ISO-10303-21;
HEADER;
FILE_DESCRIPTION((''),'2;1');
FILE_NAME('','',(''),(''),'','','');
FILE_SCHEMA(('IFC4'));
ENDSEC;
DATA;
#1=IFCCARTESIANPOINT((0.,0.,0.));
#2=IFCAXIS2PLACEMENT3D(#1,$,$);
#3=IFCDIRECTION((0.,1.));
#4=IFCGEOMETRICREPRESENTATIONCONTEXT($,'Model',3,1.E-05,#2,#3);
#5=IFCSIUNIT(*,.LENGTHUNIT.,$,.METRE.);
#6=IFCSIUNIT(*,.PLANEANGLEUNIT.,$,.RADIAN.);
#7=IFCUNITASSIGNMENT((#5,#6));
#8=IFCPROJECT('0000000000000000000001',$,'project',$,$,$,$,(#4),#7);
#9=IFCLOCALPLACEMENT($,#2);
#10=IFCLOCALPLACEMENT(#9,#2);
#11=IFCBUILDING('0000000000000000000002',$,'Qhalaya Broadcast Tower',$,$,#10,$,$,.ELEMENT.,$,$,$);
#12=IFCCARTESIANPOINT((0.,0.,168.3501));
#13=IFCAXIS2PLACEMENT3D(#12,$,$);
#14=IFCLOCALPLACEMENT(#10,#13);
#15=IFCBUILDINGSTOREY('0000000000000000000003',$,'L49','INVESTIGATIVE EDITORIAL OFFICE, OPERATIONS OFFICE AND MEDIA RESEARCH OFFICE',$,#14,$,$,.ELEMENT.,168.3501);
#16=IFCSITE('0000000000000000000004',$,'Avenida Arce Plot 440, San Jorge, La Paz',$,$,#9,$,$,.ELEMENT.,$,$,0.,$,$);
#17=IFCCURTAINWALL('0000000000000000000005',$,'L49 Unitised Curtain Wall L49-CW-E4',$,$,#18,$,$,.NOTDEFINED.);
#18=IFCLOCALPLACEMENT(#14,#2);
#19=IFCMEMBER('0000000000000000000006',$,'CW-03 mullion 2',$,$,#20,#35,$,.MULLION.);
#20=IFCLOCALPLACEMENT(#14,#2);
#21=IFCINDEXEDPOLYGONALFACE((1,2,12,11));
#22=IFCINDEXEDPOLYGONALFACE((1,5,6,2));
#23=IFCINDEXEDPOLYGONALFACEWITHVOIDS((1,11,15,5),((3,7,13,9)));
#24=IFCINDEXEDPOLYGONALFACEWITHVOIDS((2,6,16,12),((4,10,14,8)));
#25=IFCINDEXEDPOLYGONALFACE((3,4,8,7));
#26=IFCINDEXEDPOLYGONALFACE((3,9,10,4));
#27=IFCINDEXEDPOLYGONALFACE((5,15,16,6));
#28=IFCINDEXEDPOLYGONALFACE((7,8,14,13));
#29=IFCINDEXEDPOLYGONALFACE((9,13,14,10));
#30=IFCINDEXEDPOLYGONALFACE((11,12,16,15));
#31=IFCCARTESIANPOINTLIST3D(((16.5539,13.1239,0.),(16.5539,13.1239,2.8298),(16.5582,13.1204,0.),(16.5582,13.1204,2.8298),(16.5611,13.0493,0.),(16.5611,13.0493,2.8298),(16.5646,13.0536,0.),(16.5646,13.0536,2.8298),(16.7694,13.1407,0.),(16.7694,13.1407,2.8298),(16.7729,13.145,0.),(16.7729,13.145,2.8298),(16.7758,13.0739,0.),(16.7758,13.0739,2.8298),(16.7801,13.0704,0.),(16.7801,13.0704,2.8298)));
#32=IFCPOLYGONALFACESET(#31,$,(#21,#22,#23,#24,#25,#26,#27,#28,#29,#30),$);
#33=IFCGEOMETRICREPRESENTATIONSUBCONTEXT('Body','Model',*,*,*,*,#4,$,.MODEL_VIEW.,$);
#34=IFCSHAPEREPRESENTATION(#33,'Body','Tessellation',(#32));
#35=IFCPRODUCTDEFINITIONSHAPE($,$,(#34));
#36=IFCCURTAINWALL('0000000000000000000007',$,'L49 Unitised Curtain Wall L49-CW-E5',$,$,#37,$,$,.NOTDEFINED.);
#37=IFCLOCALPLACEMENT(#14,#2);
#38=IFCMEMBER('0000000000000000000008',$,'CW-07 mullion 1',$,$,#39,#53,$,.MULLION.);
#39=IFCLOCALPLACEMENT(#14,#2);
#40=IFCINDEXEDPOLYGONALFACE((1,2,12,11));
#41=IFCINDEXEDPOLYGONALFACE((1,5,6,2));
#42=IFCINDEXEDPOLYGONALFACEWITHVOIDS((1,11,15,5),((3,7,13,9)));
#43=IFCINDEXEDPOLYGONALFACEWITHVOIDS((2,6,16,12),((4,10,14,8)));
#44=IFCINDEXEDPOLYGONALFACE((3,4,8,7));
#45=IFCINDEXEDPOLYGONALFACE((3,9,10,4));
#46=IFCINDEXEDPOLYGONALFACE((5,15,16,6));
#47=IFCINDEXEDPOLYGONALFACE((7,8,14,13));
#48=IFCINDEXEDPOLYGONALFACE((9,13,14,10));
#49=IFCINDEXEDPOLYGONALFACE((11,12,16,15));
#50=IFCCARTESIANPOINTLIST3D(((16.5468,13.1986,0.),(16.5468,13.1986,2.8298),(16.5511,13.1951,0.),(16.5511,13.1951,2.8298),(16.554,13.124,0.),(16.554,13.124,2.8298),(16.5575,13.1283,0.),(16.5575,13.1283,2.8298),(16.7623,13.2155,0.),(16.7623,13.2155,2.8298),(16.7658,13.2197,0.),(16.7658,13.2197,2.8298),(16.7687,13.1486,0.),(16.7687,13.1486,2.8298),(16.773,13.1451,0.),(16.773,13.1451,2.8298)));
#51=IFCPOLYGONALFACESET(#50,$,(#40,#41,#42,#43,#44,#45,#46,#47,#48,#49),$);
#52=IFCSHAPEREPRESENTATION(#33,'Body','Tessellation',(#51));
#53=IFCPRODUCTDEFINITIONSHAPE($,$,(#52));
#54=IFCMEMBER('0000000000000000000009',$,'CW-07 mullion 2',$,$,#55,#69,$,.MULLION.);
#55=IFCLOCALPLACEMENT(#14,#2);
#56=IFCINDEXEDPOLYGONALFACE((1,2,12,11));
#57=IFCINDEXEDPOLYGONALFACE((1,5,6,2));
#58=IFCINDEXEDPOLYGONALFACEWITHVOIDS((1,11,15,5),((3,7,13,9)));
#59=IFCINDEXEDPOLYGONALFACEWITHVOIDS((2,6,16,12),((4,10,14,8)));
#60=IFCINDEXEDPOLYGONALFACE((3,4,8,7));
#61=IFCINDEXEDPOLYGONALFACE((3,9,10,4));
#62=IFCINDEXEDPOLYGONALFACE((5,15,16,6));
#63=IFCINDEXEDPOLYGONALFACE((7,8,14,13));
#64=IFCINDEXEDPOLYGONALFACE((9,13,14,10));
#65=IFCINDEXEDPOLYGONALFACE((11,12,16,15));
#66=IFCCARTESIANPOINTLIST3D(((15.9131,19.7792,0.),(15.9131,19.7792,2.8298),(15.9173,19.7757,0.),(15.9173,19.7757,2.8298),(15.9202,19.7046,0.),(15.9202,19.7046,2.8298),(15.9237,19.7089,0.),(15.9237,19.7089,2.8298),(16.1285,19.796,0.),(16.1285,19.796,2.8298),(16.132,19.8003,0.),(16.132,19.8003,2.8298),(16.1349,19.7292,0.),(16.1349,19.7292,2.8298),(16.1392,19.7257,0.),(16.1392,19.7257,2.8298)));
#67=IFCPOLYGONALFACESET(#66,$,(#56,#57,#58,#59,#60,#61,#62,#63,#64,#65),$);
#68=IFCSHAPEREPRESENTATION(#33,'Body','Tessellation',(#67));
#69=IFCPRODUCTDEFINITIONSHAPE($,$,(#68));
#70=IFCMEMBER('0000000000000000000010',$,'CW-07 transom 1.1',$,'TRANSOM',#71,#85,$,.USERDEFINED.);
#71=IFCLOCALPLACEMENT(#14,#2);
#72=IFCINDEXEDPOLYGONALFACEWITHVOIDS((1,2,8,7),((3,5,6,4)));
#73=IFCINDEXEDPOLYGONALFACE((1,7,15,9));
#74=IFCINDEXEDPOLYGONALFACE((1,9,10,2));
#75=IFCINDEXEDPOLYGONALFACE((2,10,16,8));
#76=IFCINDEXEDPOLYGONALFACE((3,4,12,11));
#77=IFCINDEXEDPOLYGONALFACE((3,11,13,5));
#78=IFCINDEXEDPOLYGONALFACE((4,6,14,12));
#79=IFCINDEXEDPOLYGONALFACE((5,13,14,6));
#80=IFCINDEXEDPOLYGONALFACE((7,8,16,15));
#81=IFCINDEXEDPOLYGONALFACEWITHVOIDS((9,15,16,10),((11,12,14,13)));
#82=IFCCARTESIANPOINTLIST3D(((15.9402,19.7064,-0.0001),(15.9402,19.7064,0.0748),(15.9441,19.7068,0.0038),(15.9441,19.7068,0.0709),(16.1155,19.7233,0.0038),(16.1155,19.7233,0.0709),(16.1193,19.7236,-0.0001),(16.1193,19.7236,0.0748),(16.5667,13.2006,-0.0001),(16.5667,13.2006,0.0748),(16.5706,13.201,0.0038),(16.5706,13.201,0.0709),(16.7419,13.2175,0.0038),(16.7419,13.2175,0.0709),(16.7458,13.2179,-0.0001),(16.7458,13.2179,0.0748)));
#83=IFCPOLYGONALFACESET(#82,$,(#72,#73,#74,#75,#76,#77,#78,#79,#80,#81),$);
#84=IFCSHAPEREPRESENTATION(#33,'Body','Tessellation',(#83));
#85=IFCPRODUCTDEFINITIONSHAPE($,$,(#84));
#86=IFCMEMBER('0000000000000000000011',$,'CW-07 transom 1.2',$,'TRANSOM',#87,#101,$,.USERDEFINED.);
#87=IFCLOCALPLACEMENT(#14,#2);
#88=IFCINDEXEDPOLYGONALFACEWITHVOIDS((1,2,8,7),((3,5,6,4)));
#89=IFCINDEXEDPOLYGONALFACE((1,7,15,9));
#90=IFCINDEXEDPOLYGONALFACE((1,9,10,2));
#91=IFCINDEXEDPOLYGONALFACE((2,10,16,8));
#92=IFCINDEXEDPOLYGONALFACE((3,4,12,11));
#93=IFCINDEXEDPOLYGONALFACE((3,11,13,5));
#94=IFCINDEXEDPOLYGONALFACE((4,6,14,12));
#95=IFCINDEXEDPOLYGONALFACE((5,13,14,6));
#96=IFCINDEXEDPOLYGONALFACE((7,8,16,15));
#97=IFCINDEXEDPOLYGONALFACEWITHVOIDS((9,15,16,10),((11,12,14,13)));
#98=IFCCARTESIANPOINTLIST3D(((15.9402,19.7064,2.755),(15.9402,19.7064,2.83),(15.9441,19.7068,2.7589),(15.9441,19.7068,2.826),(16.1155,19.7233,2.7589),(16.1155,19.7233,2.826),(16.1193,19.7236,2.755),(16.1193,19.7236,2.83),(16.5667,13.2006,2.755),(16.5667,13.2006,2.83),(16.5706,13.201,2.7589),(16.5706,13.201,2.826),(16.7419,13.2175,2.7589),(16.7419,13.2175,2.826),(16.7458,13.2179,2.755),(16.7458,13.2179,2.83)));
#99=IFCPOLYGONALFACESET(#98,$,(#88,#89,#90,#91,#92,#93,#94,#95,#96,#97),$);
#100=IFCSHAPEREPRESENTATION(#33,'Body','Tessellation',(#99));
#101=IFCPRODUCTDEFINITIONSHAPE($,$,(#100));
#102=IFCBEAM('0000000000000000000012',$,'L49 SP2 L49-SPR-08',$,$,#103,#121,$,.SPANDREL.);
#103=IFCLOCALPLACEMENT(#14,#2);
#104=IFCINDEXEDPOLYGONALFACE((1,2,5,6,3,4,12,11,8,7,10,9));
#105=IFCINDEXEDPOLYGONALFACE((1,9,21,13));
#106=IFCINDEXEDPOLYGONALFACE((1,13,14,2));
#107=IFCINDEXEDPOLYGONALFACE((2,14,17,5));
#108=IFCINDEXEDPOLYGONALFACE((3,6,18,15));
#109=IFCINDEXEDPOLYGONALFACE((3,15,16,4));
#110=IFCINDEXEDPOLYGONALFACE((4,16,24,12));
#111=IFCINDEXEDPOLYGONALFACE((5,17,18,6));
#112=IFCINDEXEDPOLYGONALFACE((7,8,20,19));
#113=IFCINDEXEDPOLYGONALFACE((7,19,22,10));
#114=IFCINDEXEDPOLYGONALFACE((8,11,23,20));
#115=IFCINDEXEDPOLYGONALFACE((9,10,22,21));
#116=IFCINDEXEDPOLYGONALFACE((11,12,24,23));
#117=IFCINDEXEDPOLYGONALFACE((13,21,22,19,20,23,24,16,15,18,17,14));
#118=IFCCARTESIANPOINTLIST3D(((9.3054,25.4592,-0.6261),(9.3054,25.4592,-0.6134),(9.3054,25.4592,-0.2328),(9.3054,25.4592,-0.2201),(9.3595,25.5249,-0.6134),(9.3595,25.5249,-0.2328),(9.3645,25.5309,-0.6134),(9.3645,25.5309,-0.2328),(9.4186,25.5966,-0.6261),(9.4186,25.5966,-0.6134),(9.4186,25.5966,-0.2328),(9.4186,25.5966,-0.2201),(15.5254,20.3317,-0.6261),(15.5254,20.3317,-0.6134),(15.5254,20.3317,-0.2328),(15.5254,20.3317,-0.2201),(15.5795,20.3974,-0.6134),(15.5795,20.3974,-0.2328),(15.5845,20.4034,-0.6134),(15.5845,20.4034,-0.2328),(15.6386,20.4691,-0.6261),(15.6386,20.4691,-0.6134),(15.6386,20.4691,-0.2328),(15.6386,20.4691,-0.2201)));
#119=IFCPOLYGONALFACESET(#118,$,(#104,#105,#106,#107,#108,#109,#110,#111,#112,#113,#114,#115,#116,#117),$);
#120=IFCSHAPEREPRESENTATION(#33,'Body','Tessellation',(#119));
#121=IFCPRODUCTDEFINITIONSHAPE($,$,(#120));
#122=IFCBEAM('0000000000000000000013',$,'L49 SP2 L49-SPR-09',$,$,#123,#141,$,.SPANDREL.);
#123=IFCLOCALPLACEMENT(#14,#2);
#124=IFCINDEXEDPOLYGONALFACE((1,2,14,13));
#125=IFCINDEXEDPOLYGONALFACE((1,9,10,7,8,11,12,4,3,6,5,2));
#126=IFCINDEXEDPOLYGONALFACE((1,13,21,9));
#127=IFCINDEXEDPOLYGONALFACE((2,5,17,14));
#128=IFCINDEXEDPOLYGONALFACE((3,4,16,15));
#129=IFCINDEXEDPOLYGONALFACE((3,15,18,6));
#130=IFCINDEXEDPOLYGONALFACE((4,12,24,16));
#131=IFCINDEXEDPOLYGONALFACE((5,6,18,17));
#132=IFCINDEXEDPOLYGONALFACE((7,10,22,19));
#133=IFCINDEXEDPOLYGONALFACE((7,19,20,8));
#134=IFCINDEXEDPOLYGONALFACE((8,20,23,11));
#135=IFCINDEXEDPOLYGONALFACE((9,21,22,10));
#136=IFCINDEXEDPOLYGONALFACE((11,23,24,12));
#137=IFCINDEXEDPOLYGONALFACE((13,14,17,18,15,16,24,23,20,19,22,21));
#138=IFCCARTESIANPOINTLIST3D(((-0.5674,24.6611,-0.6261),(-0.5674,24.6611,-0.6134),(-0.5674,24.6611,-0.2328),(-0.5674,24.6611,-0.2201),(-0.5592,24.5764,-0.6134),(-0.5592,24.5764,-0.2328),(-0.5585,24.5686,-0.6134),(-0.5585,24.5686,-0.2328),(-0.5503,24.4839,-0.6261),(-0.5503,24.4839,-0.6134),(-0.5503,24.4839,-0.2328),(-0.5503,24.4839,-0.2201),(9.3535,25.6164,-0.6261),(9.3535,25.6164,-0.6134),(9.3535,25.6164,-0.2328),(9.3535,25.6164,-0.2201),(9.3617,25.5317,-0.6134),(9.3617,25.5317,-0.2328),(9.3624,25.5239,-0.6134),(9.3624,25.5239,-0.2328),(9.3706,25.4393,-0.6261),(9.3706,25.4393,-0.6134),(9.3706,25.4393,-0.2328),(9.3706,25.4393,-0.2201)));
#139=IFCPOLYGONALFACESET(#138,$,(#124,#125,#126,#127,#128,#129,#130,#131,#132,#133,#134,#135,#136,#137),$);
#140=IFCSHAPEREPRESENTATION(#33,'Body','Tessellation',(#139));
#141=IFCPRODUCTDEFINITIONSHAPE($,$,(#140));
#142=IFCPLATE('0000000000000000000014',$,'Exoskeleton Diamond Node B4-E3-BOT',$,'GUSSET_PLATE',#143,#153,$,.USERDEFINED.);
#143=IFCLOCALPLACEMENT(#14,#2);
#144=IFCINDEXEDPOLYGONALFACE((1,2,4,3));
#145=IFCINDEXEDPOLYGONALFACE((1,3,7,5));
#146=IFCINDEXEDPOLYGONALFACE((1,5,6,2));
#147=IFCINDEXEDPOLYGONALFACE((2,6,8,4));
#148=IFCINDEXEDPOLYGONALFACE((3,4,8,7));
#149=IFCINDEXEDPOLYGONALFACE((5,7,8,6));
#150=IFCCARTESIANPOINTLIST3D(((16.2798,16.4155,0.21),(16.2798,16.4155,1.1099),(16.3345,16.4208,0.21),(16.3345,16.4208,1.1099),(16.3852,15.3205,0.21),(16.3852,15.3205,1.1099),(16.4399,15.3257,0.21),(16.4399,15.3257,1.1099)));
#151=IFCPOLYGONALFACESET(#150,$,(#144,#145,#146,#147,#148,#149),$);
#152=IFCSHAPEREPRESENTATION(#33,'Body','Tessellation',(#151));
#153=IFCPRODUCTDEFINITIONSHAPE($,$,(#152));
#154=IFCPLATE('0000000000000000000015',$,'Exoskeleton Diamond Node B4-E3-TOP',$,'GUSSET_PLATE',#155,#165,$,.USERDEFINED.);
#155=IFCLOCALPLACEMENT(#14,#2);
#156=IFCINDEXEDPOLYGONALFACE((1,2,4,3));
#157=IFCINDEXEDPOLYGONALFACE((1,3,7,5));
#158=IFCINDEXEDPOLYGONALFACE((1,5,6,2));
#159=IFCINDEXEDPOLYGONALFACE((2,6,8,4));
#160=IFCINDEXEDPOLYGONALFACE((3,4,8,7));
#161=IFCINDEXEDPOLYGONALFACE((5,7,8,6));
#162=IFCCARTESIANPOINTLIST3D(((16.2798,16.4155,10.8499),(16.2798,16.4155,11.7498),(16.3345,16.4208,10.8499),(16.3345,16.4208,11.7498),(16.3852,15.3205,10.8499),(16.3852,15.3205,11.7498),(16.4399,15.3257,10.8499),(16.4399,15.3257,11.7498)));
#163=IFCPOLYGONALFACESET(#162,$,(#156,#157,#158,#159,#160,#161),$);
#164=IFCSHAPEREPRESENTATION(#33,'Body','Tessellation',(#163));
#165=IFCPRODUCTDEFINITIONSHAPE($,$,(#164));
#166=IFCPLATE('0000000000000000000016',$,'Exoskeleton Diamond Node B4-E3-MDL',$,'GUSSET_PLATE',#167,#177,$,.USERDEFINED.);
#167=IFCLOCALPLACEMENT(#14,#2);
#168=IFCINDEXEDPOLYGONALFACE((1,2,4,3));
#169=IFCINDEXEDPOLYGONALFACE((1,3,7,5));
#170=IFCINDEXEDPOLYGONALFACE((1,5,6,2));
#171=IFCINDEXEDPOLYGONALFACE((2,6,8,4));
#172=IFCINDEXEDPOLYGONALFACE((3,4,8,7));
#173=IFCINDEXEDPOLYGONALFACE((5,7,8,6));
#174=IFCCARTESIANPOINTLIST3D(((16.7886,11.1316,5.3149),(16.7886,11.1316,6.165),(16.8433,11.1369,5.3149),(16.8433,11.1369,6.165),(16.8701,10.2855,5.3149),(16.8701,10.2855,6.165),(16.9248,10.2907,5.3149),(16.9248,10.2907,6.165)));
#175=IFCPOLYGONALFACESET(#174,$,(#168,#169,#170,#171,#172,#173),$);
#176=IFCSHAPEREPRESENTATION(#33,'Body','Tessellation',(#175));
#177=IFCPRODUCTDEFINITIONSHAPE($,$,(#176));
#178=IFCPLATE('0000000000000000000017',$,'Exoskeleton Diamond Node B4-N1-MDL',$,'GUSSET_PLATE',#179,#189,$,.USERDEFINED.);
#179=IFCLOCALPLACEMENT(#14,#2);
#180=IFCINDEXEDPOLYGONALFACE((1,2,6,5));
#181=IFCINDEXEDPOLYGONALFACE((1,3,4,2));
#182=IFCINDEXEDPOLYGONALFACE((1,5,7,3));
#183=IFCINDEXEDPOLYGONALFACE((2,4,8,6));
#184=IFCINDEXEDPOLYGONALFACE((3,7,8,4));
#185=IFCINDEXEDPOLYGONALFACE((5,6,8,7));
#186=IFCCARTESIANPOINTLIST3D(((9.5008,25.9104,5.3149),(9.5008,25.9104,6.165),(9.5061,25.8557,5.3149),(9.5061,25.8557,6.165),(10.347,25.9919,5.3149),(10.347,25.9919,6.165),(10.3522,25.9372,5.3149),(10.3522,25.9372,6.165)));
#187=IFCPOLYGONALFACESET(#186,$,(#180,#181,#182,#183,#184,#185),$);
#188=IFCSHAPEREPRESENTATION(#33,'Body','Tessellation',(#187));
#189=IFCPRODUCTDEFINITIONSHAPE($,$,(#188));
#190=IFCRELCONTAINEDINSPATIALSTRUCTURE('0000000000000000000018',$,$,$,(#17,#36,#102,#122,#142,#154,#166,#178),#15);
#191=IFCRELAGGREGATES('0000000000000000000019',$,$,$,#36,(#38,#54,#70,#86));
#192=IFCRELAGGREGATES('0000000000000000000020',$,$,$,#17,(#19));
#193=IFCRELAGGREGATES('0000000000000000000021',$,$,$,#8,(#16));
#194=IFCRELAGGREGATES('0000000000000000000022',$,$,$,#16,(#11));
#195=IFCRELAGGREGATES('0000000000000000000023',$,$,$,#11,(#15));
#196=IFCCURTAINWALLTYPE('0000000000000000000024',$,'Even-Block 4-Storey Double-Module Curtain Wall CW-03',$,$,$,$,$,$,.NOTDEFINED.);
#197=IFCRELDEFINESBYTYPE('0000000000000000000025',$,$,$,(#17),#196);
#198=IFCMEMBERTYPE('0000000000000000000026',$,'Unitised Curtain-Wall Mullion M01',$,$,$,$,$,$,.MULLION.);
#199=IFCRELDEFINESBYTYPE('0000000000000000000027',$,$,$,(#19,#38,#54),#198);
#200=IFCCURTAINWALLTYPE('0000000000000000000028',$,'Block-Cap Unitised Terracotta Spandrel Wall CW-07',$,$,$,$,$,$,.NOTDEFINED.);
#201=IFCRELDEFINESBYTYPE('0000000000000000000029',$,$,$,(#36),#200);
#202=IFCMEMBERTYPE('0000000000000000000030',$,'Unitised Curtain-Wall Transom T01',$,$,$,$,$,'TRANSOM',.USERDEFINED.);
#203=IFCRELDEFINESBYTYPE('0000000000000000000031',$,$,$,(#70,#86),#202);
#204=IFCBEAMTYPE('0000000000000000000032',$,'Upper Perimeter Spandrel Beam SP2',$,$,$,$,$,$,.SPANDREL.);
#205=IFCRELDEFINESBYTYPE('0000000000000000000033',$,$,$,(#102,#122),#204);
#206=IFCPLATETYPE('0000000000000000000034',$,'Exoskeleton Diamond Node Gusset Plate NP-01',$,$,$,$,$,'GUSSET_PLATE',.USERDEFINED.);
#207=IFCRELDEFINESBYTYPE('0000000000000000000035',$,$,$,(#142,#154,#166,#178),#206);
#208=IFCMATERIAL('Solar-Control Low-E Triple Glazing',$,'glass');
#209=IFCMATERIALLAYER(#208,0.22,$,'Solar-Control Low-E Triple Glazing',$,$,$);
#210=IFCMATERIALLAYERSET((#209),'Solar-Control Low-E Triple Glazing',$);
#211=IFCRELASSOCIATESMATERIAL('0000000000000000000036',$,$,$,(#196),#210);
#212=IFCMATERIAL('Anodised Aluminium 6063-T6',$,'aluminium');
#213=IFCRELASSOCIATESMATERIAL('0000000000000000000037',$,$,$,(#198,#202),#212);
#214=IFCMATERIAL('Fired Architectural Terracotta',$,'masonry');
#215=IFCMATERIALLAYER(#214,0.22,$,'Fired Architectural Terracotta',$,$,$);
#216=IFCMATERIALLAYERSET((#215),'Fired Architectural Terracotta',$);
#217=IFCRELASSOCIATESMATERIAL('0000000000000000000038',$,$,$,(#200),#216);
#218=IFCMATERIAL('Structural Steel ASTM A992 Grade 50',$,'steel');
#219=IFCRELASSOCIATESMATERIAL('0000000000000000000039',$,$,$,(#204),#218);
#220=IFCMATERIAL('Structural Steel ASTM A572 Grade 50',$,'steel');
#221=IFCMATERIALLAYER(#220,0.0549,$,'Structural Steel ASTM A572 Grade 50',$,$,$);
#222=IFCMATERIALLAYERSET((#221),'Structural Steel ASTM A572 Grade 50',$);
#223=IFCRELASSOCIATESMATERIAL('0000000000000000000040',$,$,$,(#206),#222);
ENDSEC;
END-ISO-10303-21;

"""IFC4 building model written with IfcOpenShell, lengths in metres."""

from ifc_helpers import new_model, si_unit, direction, frame, origin, origin_2d, place, context, subcontext, project, spatial, rectangle, hollow_rectangle, i_section, extrude, material, layer, layer_set, material_profile, profile_set, type_object, element, aggregate, save


model = new_model("IFC4")

# Units and contexts
model_context = context("Model", 3, precision=1e-05, world=origin(), true_north=direction((0.0, 1.0)))
body_context = subcontext(model_context, "Body", "Model", "MODEL_VIEW")
ifc_project = project(units=[si_unit("LENGTHUNIT", "METRE"), si_unit("PLANEANGLEUNIT", "RADIAN")], contexts=[model_context])

# Site, building, storey
site_placement = place(None, origin())
site = spatial("IfcSite", under=ifc_project, at=site_placement, Name="Avenida Arce Plot 440, San Jorge, La Paz", CompositionType="ELEMENT", RefElevation=0.0)
building_placement = place(site_placement, origin())
building = spatial("IfcBuilding", under=site, at=building_placement, Name="Qhalaya Broadcast Tower", CompositionType="ELEMENT")
storey_placement = place(building_placement, frame((0.0, 0.0, 168.3501)))
storey = spatial("IfcBuildingStorey", under=building, at=storey_placement, Name="L49", Description="INVESTIGATIVE EDITORIAL OFFICE, OPERATIONS OFFICE AND MEDIA RESEARCH OFFICE", CompositionType="ELEMENT", Elevation=168.3501)

# Shared definitions
ifc_material_1 = material(Name="Structural Steel ASTM A572 Grade 50", Category="steel")

# Shared definitions
ifc_material_2 = material(Name="Structural Steel ASTM A992 Grade 50", Category="steel")

# Shared definitions
ifc_material_3 = material(Name="Fired Architectural Terracotta", Category="masonry")

# Curtain wall, member
ifc_material_4 = material(Name="Solar-Control Low-E Triple Glazing", Category="glass")
ifc_layer_1 = layer(ifc_material_4, 0.22, Name="Solar-Control Low-E Triple Glazing")
ifc_layer_set_1 = layer_set([ifc_layer_1], Name="Solar-Control Low-E Triple Glazing")
curtain_wall_type_1 = type_object("IfcCurtainWallType", Name="Even-Block 4-Storey Double-Module Curtain Wall CW-03", PredefinedType="NOTDEFINED", material=ifc_layer_set_1)
curtain_wall_1_placement = place(storey_placement, origin())
curtain_wall_1 = element("IfcCurtainWall", 1, at=curtain_wall_1_placement, inside=storey, type_object=curtain_wall_type_1, Name="L49 Unitised Curtain Wall L49-CW-E4", PredefinedType="NOTDEFINED")
ifc_material_5 = material(Name="Anodised Aluminium 6063-T6", Category="aluminium")
ifc_material_profile_1 = material_profile(ifc_material_5, hollow_rectangle(XDim=0.075, YDim=0.22, WallThickness=0.0039, at=origin_2d()), Name="ALU-MUL 75x220x4")
ifc_profile_set_1 = profile_set([ifc_material_profile_1], Name="Anodised Aluminium 6063-T6")
member_type_1 = type_object("IfcMemberType", Name="Unitised Curtain-Wall Mullion M01", PredefinedType="MULLION", material=ifc_profile_set_1)
member_1_placement = place(storey_placement, frame((16.667, 13.0972, 0.0), z_axis=(0.0, 0.0, 1.0), x_axis=(-0.095845, 0.995396, 0.0)))
member_1 = element("IfcMember", 2, at=member_1_placement, type_object=member_type_1, Name="CW-03 mullion 2", PredefinedType="MULLION", context=body_context, shape_type="SweptSolid", body=[
    extrude(hollow_rectangle(XDim=0.075, YDim=0.22, WallThickness=0.0039, at=origin_2d()), origin(), (0.0, 0.0, 1.0), 2.8298),
])

# Curtain wall, members
ifc_layer_2 = layer(ifc_material_3, 0.22, Name="Fired Architectural Terracotta")
ifc_layer_set_2 = layer_set([ifc_layer_2], Name="Fired Architectural Terracotta")
curtain_wall_type_2 = type_object("IfcCurtainWallType", Name="Block-Cap Unitised Terracotta Spandrel Wall CW-07", PredefinedType="NOTDEFINED", material=ifc_layer_set_2)
curtain_wall_2_placement = place(storey_placement, origin())
curtain_wall_2 = element("IfcCurtainWall", 3, at=curtain_wall_2_placement, inside=storey, type_object=curtain_wall_type_2, Name="L49 Unitised Curtain Wall L49-CW-E5", PredefinedType="NOTDEFINED")
member_2_placement = place(storey_placement, frame((16.6599, 13.1719, 0.0), z_axis=(0.0, 0.0, 1.0), x_axis=(-0.095842, 0.995397, 0.0)))
member_2 = element("IfcMember", 4, at=member_2_placement, type_object=member_type_1, Name="CW-07 mullion 1", PredefinedType="MULLION", context=body_context, shape_type="SweptSolid", body=[
    extrude(hollow_rectangle(XDim=0.075, YDim=0.22, WallThickness=0.0039, at=origin_2d()), origin(), (0.0, 0.0, 1.0), 2.8298),
])
member_3_placement = place(storey_placement, frame((16.0261, 19.7524, 0.0), z_axis=(0.0, 0.0, 1.0), x_axis=(-0.095842, 0.995397, 0.0)))
member_3 = element("IfcMember", 5, at=member_3_placement, type_object=member_type_1, Name="CW-07 mullion 2", PredefinedType="MULLION", context=body_context, shape_type="SweptSolid", body=[
    extrude(hollow_rectangle(XDim=0.075, YDim=0.22, WallThickness=0.0039, at=origin_2d()), origin(), (0.0, 0.0, 1.0), 2.8298),
])
ifc_material_profile_2 = material_profile(ifc_material_5, hollow_rectangle(XDim=0.075, YDim=0.1799, WallThickness=0.0039, at=origin_2d()), Name="ALU-TRN 75x180x4")
ifc_profile_set_2 = profile_set([ifc_material_profile_2], Name="Anodised Aluminium 6063-T6")
member_type_2 = type_object("IfcMemberType", Name="Unitised Curtain-Wall Transom T01", ElementType="TRANSOM", PredefinedType="USERDEFINED", material=ifc_profile_set_2)
member_4_placement = place(storey_placement, frame((16.6562, 13.2092, 0.0374), z_axis=(-0.095849, 0.995396, 0.0), x_axis=(0.0, 0.0, 1.0)))
member_4 = element("IfcMember", 6, at=member_4_placement, type_object=member_type_2, Name="CW-07 transom 1.1", ObjectType="TRANSOM", PredefinedType="USERDEFINED", context=body_context, shape_type="SweptSolid", body=[
    extrude(hollow_rectangle(XDim=0.075, YDim=0.1799, WallThickness=0.0039, at=origin_2d()), origin(), (0.0, 0.0, 1.0), 6.5359),
])
member_5_placement = place(storey_placement, frame((16.6562, 13.2092, 2.7925), z_axis=(-0.095849, 0.995396, 0.0), x_axis=(0.0, 0.0, 1.0)))
member_5 = element("IfcMember", 7, at=member_5_placement, type_object=member_type_2, Name="CW-07 transom 1.2", ObjectType="TRANSOM", PredefinedType="USERDEFINED", context=body_context, shape_type="SweptSolid", body=[
    extrude(hollow_rectangle(XDim=0.075, YDim=0.1799, WallThickness=0.0039, at=origin_2d()), origin(), (0.0, 0.0, 1.0), 6.5359),
])

# Beams
ifc_material_profile_3 = material_profile(ifc_material_2, i_section(OverallWidth=0.178, OverallDepth=0.406, WebThickness=0.0078, FlangeThickness=0.0127, at=origin_2d()), Name="W16X40")
ifc_profile_set_3 = profile_set([ifc_material_profile_3], Name="Structural Steel ASTM A992 Grade 50")
beam_type_1 = type_object("IfcBeamType", Name="Upper Perimeter Spandrel Beam SP2", PredefinedType="SPANDREL", material=ifc_profile_set_3)
beam_1_placement = place(storey_placement, frame((15.582, 20.4004, -0.4231), z_axis=(-0.771619, 0.636085, 0.0), x_axis=(-0.636085, -0.771619, 0.0)))
element("IfcBeam", 8, at=beam_1_placement, inside=storey, type_object=beam_type_1, Name="L49 SP2 L49-SPR-08", PredefinedType="SPANDREL", context=body_context, shape_type="SweptSolid", body=[
    extrude(i_section(OverallWidth=0.178, OverallDepth=0.406, WebThickness=0.0078, FlangeThickness=0.0127, at=origin_2d()), origin(), (0.0, 0.0, 1.0), 8.061),
])
beam_2_placement = place(storey_placement, frame((9.3621, 25.5278, -0.4231), z_axis=(-0.995396, -0.095851, 0.0), x_axis=(0.095851, -0.995396, 0.0)))
element("IfcBeam", 9, at=beam_2_placement, inside=storey, type_object=beam_type_1, Name="L49 SP2 L49-SPR-09", PredefinedType="SPANDREL", context=body_context, shape_type="SweptSolid", body=[
    extrude(i_section(OverallWidth=0.178, OverallDepth=0.406, WebThickness=0.0078, FlangeThickness=0.0127, at=origin_2d()), origin(), (0.0, 0.0, 1.0), 9.9668),
])

# Plates
ifc_layer_3 = layer(ifc_material_1, 0.0549, Name="Structural Steel ASTM A572 Grade 50")
ifc_layer_set_3 = layer_set([ifc_layer_3], Name="Structural Steel ASTM A572 Grade 50")
plate_type_1 = type_object("IfcPlateType", Name="Exoskeleton Diamond Node Gusset Plate NP-01", ElementType="GUSSET_PLATE", PredefinedType="USERDEFINED", material=ifc_layer_set_3)
for number, where, z_axis, x_axis, name in (
    (10, (16.3599, 15.8706, 0.21), (0.0, 0.0, 1.0), (-0.095846, 0.995396, 0.0), "Exoskeleton Diamond Node B4-E3-BOT"),
    (11, (16.3599, 15.8706, 10.8499), (0.0, 0.0, 1.0), (-0.095846, 0.995396, 0.0), "Exoskeleton Diamond Node B4-E3-TOP"),
):
    element("IfcPlate", number, at=place(storey_placement, frame(where, z_axis=z_axis, x_axis=x_axis)), inside=storey, type_object=plate_type_1, Name=name, ObjectType="GUSSET_PLATE", PredefinedType="USERDEFINED", context=body_context, shape_type="SweptSolid", body=[
        extrude(rectangle(XDim=1.1001, YDim=0.0549, at=origin_2d()), origin(), (0.0, 0.0, 1.0), 0.8999),
    ])
for number, where, z_axis, x_axis, name in (
    (12, (16.8567, 10.7112, 5.3149), (0.0, 0.0, 1.0), (-0.095846, 0.995396, 0.0), "Exoskeleton Diamond Node B4-E3-MDL"),
    (13, (9.9265, 25.9238, 5.3149), (0.0, 0.0, 1.0), (0.995396, 0.095846, 0.0), "Exoskeleton Diamond Node B4-N1-MDL"),
):
    element("IfcPlate", number, at=place(storey_placement, frame(where, z_axis=z_axis, x_axis=x_axis)), inside=storey, type_object=plate_type_1, Name=name, ObjectType="GUSSET_PLATE", PredefinedType="USERDEFINED", context=body_context, shape_type="SweptSolid", body=[
        extrude(rectangle(XDim=0.8501, YDim=0.0549, at=origin_2d()), origin(), (0.0, 0.0, 1.0), 0.8501),
    ])

aggregate(curtain_wall_2, [member_2, member_3, member_4, member_5])
aggregate(curtain_wall_1, [member_1])

save(model, "model.ifc")
